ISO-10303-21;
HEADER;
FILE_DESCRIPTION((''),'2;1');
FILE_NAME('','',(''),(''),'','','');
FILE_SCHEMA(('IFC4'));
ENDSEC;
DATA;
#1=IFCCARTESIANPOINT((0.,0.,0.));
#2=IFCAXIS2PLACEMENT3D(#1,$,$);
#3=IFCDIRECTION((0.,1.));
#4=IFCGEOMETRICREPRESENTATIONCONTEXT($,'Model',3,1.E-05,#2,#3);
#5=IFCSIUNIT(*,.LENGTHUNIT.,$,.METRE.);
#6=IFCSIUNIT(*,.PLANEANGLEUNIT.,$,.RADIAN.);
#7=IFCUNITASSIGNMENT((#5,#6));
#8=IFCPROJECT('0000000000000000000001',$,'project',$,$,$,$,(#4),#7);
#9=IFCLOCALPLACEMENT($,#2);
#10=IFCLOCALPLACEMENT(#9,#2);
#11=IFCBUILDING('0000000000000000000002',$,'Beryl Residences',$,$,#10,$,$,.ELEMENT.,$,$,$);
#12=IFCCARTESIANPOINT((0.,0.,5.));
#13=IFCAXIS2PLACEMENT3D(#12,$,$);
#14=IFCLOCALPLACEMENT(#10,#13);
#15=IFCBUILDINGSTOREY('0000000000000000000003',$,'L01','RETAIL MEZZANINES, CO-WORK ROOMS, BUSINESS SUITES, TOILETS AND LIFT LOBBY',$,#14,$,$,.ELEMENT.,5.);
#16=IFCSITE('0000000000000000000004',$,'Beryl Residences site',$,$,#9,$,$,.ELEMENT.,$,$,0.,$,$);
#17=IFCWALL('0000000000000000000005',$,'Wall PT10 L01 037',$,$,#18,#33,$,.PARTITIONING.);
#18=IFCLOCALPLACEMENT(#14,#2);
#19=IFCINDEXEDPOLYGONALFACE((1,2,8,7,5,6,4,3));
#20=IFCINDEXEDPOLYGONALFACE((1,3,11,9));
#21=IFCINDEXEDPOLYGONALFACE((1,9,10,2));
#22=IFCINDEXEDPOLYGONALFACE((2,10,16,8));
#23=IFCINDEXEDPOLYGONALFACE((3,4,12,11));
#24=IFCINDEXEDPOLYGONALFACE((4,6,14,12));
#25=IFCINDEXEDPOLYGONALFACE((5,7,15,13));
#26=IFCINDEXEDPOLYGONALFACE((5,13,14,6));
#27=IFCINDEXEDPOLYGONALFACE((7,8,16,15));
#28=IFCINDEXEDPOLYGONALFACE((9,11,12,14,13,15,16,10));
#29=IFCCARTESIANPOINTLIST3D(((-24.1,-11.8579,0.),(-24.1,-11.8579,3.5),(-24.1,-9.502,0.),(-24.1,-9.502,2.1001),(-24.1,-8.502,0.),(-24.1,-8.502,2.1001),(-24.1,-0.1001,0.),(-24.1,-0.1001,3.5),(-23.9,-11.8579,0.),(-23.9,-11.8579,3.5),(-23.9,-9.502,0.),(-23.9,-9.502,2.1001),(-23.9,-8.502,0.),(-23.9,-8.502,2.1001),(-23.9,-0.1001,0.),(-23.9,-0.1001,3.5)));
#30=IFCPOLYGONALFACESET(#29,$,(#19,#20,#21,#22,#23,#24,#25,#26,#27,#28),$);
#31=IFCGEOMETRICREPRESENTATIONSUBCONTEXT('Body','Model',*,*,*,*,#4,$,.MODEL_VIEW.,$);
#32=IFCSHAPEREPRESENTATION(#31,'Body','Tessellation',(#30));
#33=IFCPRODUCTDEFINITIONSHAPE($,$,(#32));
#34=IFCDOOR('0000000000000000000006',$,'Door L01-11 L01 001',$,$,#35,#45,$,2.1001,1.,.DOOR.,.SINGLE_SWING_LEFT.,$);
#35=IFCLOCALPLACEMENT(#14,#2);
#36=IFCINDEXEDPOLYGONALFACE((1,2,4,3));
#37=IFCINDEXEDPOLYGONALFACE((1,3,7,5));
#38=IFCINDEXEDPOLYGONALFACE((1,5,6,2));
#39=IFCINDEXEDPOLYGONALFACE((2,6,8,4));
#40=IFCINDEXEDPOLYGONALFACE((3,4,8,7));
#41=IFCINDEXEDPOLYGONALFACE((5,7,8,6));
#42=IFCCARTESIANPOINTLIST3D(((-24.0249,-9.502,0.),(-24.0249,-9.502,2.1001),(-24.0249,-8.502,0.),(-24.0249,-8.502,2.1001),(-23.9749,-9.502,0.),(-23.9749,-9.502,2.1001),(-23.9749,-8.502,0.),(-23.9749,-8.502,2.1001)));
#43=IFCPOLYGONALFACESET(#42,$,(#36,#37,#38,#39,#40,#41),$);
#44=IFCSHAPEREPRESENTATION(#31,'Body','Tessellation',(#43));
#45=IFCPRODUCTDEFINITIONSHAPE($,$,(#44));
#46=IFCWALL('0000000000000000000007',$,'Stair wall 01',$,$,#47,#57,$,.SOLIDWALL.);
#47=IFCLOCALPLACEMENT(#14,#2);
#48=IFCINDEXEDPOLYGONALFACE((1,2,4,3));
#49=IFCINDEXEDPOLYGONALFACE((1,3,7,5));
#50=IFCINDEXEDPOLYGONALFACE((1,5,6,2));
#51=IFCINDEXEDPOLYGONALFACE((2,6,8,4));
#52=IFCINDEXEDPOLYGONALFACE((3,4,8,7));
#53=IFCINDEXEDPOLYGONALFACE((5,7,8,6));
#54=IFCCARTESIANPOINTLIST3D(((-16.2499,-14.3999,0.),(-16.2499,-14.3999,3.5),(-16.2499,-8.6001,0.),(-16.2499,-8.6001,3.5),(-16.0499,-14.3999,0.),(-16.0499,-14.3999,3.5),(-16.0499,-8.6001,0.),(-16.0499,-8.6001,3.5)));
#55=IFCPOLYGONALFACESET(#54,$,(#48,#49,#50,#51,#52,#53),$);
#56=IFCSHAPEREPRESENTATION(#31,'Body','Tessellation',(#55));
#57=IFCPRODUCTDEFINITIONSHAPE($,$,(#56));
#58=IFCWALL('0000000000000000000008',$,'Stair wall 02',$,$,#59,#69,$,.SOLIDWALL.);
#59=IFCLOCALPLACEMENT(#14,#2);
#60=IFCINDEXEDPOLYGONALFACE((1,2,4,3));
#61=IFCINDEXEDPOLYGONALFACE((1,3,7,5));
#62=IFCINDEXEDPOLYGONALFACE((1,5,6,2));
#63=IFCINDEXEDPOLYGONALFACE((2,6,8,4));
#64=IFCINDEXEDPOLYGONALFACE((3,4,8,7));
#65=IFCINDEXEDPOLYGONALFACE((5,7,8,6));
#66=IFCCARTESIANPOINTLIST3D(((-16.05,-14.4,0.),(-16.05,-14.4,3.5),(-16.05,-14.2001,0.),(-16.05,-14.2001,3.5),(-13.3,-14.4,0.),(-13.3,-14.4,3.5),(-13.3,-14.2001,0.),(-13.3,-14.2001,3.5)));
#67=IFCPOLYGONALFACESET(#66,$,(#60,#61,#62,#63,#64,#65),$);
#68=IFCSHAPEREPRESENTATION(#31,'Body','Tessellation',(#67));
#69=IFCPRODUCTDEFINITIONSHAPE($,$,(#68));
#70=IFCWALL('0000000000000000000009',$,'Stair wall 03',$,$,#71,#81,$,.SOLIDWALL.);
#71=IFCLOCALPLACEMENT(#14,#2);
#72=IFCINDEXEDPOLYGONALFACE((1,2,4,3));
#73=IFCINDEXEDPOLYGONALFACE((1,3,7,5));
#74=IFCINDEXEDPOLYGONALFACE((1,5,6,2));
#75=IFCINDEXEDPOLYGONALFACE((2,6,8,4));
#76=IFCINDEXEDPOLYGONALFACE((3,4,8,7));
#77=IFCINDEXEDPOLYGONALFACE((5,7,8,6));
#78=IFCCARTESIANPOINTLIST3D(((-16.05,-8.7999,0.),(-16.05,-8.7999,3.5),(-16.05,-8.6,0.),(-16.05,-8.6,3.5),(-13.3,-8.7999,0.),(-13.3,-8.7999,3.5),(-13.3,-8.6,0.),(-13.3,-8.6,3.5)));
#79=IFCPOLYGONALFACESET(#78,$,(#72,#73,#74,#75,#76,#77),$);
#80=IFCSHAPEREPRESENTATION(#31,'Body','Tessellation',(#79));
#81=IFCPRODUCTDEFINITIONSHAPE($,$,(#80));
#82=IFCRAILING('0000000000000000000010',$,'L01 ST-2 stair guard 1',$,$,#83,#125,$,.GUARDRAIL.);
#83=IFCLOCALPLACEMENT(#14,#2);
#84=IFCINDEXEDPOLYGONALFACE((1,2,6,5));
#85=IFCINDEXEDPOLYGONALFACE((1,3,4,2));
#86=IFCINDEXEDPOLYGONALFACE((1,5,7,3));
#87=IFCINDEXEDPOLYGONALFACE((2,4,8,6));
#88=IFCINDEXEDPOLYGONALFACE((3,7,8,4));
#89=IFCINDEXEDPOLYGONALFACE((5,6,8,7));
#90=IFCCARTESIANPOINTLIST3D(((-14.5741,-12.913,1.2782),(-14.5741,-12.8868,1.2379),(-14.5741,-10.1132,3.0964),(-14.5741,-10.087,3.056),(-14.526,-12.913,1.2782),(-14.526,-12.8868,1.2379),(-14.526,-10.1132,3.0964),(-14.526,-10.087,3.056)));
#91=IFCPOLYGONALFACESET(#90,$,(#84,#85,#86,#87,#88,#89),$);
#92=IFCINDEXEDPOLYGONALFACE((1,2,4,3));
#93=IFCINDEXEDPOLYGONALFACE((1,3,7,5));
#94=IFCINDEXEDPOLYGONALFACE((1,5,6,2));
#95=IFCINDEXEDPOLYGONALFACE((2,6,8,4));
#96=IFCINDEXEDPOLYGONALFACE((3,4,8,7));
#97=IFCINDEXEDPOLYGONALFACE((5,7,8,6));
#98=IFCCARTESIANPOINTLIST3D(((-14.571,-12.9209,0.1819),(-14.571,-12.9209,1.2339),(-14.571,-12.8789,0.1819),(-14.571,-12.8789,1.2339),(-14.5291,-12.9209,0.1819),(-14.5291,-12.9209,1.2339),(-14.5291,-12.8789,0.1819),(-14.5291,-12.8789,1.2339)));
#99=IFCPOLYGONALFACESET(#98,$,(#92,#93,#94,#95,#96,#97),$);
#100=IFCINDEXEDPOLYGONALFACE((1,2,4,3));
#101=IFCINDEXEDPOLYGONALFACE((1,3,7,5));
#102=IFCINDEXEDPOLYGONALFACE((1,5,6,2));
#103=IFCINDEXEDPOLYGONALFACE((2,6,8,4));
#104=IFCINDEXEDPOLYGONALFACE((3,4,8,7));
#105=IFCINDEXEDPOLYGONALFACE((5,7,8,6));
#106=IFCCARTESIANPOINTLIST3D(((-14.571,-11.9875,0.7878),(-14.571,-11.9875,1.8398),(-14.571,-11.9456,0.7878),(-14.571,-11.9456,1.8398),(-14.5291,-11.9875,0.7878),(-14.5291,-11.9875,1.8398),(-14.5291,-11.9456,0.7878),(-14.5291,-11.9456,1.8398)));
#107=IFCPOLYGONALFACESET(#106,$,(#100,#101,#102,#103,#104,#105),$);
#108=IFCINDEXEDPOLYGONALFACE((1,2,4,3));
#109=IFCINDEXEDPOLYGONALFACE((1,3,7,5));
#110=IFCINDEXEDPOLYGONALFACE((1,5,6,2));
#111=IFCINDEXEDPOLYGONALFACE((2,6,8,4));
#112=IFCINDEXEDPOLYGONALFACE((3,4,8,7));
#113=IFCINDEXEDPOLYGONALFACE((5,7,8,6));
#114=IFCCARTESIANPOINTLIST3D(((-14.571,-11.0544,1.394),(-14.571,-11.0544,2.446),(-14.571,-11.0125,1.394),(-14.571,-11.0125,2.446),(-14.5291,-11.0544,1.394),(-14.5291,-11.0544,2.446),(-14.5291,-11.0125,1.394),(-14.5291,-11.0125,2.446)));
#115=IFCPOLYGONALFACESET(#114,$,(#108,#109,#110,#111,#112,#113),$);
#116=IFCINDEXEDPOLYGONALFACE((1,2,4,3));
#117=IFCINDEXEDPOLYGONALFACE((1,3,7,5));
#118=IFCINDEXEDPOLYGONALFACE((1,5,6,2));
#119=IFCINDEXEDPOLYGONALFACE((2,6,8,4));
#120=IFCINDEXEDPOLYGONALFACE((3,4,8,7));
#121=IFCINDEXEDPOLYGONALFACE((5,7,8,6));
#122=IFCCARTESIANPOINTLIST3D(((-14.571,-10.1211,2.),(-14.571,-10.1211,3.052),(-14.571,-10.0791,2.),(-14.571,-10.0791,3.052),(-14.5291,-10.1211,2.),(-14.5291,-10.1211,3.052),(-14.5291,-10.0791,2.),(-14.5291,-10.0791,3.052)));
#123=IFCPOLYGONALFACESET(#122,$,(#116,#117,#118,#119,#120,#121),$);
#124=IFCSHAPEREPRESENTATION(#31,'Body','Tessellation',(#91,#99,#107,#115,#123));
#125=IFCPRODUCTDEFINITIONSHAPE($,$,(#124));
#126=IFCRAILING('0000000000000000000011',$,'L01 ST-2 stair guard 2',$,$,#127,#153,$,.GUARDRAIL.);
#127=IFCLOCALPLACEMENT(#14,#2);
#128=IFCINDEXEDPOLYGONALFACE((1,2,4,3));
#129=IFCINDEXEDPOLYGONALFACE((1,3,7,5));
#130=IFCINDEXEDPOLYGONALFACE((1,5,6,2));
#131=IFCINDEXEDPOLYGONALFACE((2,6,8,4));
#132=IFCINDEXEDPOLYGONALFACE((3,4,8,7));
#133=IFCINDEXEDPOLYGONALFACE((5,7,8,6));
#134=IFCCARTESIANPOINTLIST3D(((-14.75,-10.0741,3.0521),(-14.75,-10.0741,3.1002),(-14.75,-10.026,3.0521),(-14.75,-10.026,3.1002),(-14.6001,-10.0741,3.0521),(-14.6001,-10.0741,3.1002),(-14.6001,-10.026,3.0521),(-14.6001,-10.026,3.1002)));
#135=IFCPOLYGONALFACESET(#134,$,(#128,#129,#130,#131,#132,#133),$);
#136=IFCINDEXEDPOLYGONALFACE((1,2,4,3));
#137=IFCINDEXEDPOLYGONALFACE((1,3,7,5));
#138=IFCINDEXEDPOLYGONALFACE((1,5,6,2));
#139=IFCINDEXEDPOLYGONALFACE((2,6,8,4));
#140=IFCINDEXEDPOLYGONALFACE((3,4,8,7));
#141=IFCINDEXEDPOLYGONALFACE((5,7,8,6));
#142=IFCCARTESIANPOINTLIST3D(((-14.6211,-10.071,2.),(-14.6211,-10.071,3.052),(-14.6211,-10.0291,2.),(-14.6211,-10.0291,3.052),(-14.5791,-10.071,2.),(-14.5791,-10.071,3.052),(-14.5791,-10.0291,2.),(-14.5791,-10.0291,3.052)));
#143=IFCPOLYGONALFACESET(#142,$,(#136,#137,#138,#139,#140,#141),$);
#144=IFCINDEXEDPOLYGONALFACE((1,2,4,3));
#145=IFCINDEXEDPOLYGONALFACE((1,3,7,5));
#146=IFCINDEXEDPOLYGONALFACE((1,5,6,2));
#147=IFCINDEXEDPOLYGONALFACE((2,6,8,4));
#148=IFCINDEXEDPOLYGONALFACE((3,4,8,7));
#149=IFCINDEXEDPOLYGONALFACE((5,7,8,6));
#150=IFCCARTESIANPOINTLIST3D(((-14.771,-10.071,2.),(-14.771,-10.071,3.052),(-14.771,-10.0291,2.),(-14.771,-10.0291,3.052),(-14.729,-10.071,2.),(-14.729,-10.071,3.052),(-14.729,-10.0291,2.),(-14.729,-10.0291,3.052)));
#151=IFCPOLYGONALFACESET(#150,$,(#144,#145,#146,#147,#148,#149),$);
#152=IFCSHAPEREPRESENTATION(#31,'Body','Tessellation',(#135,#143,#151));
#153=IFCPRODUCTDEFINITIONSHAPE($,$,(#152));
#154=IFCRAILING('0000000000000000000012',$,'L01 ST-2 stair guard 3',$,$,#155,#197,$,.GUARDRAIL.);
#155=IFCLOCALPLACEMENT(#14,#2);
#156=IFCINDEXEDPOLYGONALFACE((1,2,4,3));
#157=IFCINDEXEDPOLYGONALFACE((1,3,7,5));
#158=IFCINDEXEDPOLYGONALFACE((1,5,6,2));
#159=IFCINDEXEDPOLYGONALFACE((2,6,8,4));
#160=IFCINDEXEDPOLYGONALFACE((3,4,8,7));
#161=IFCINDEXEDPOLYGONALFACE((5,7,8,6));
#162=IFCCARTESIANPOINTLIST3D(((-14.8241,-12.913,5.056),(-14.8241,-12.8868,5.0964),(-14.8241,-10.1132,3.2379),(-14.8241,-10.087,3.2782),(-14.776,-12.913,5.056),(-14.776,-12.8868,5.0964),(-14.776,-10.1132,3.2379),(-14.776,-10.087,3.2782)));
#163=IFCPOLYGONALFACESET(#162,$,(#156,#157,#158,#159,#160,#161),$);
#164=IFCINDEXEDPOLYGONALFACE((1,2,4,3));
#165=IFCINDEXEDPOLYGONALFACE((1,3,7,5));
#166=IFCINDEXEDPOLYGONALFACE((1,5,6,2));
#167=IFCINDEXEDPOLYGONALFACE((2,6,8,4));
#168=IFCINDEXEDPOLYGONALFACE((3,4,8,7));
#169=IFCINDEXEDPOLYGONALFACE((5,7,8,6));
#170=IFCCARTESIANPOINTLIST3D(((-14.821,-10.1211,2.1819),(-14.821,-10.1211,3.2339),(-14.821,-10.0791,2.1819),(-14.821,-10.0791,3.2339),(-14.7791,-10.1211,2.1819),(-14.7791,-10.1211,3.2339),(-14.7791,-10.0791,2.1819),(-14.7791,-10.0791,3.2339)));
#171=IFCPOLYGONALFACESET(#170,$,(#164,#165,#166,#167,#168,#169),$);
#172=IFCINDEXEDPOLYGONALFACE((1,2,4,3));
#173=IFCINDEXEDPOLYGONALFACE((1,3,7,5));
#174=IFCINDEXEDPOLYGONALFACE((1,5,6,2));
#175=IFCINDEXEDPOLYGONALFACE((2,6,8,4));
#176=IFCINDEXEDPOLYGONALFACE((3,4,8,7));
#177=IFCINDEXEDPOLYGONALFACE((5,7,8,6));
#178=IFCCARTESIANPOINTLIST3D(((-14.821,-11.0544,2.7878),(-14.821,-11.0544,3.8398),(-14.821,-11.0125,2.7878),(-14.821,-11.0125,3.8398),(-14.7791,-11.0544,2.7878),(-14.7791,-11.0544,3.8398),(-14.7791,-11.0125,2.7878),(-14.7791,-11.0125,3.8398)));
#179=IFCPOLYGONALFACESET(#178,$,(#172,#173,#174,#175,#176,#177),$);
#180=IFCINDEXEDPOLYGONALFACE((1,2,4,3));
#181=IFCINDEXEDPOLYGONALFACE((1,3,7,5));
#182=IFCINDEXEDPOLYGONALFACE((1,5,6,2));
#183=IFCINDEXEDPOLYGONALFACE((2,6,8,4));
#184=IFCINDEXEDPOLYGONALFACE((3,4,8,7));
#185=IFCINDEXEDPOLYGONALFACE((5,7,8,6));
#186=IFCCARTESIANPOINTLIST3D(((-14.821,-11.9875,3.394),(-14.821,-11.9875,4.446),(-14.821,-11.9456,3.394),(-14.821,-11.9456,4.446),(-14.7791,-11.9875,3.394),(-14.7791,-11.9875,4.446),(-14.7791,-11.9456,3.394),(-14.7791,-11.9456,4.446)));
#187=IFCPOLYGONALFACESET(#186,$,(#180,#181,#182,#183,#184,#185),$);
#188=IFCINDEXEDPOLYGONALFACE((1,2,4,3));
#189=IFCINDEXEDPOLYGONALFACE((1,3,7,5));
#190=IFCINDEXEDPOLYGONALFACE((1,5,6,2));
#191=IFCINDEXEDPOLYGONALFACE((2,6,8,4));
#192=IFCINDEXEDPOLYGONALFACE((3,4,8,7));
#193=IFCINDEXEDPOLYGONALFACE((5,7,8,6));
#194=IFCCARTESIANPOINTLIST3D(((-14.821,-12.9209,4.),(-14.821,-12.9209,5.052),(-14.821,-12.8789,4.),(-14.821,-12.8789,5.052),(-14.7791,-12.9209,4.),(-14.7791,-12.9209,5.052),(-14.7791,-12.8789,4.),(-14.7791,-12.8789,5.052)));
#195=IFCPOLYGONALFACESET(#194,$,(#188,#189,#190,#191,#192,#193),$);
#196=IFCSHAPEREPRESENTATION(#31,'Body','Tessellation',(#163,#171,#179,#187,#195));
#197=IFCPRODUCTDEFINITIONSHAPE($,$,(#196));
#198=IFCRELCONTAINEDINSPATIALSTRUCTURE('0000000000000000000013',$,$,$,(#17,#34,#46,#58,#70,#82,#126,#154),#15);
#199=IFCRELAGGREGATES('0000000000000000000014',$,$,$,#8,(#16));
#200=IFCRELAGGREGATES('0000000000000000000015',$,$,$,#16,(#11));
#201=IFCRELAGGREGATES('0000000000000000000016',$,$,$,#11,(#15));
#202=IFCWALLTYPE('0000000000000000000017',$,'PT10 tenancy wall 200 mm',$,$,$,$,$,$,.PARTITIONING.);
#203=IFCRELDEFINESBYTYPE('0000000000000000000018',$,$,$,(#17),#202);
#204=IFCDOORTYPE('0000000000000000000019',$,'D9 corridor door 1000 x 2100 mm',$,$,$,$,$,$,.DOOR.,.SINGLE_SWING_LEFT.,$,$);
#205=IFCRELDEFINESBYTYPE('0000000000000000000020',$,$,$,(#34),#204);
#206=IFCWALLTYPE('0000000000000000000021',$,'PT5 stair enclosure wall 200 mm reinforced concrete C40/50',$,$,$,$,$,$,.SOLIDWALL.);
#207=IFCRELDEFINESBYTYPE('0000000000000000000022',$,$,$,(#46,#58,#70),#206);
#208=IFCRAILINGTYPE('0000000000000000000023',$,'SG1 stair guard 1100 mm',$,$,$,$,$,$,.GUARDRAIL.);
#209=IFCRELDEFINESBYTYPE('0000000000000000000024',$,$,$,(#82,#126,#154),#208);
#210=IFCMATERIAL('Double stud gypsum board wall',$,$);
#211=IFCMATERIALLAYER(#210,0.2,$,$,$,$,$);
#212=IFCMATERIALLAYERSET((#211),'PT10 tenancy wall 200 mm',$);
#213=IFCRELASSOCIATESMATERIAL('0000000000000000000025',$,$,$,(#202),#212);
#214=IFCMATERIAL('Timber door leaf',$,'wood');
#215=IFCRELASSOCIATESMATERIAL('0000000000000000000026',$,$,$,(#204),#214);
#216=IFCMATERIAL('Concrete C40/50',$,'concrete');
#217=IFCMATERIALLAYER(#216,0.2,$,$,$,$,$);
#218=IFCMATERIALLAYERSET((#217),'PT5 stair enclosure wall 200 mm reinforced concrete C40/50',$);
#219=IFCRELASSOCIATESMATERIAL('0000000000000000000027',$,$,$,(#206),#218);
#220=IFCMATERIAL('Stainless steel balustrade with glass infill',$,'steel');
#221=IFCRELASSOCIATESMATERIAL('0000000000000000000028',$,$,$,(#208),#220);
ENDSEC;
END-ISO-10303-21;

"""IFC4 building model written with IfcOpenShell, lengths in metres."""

from ifc_helpers import new_model, si_unit, direction, frame, frame_2d, origin, origin_2d, place, context, subcontext, project, spatial, rectangle, extrude, material, layer, layer_set, type_object, element, fill, save


model = new_model("IFC4")

# Units and contexts
model_context = context("Model", 3, precision=1e-05, world=origin(), true_north=direction((0.0, 1.0)))
body_context = subcontext(model_context, "Body", "Model", "MODEL_VIEW")
ifc_project = project(units=[si_unit("LENGTHUNIT", "METRE"), si_unit("PLANEANGLEUNIT", "RADIAN")], contexts=[model_context])

# Site, building, storey
site_placement = place(None, origin())
site = spatial("IfcSite", under=ifc_project, at=site_placement, Name="Beryl Residences site", CompositionType="ELEMENT", RefElevation=0.0)
building_placement = place(site_placement, origin())
building = spatial("IfcBuilding", under=site, at=building_placement, Name="Beryl Residences", CompositionType="ELEMENT")
storey_placement = place(building_placement, frame((0.0, 0.0, 5.0)))
storey = spatial("IfcBuildingStorey", under=building, at=storey_placement, Name="L01", Description="RETAIL MEZZANINES, CO-WORK ROOMS, BUSINESS SUITES, TOILETS AND LIFT LOBBY", CompositionType="ELEMENT", Elevation=5.0)

# Shared definitions
ifc_material_1 = material(Name="Double stud gypsum board wall")
ifc_layer_1 = layer(ifc_material_1, 0.2)
ifc_layer_set_1 = layer_set([ifc_layer_1], Name="PT10 tenancy wall 200 mm")
wall_type_1 = type_object("IfcWallType", Name="PT10 tenancy wall 200 mm", PredefinedType="PARTITIONING", material=ifc_layer_set_1)
ifc_material_2 = material(Name="Timber door leaf", Category="wood")
door_type = type_object("IfcDoorType", Name="D9 corridor door 1000 x 2100 mm", OperationType="SINGLE_SWING_LEFT", PredefinedType="DOOR", material=ifc_material_2)

# Wall, opening, door
wall_1_placement = place(storey_placement, frame((-24.0, -11.8579, 0.0), z_axis=(0.0, 0.0, 1.0), x_axis=(0.0, 1.0, 0.0)))
wall_1 = element("IfcWall", 1, at=wall_1_placement, inside=storey, type_object=wall_type_1, Name="Wall PT10 L01 037", PredefinedType="PARTITIONING", context=body_context, shape_type="SweptSolid", body=[
    extrude(rectangle(XDim=11.7578, YDim=0.2, at=frame_2d((5.8789, 0.0))), origin(), (0.0, 0.0, 1.0), 3.5),
])
opening_1_placement = place(wall_1_placement, frame((2.356, 0.0, 0.0)))
opening_1 = element("IfcOpeningElement", 2, at=opening_1_placement, cuts=wall_1, PredefinedType="OPENING", context=body_context, shape_type="SweptSolid", body=[
    extrude(rectangle(XDim=1.0, YDim=2.1001, at=frame_2d((0.5, 1.05))), frame((0.0, 0.1099, 0.0), z_axis=(0.0, -1.0, 0.0), x_axis=(1.0, 0.0, 0.0)), (0.0, 0.0, 1.0), 0.22),
])
door_1_placement = place(opening_1_placement, origin())
door_1 = element("IfcDoor", 3, at=door_1_placement, inside=storey, type_object=door_type, Name="Door L01-11 L01 001", OperationType="SINGLE_SWING_LEFT", OverallHeight=2.1001, OverallWidth=1.0, PredefinedType="DOOR", context=body_context, shape_type="SweptSolid", body=[
    extrude(rectangle(XDim=1.0, YDim=2.1001, at=frame_2d((0.5, 1.05))), frame((0.0, 0.0249, 0.0), z_axis=(0.0, -1.0, 0.0), x_axis=(1.0, 0.0, 0.0)), (0.0, 0.0, 1.0), 0.05),
])
fill(opening_1, door_1)

# Walls
ifc_material_3 = material(Name="Concrete C40/50", Category="concrete")
ifc_layer_2 = layer(ifc_material_3, 0.2)
ifc_layer_set_2 = layer_set([ifc_layer_2], Name="PT5 stair enclosure wall 200 mm reinforced concrete C40/50")
wall_type_2 = type_object("IfcWallType", Name="PT5 stair enclosure wall 200 mm reinforced concrete C40/50", PredefinedType="SOLIDWALL", material=ifc_layer_set_2)
wall_2_placement = place(storey_placement, frame((-16.1499, -14.3999, 0.0), z_axis=(0.0, 0.0, 1.0), x_axis=(0.0, 1.0, 0.0)))
element("IfcWall", 4, at=wall_2_placement, inside=storey, type_object=wall_type_2, Name="Stair wall 01", PredefinedType="SOLIDWALL", context=body_context, shape_type="SweptSolid", body=[
    extrude(rectangle(XDim=5.7998, YDim=0.2, at=frame_2d((2.8999, 0.0))), origin(), (0.0, 0.0, 1.0), 3.5),
])
for number, where, z_axis, x_axis, name in (
    (5, (-16.05, -14.3, 0.0), (0.0, 0.0, 1.0), (1.0, 0.0, 0.0), "Stair wall 02"),
    (6, (-16.05, -8.7, 0.0), (0.0, 0.0, 1.0), (1.0, 0.0, 0.0), "Stair wall 03"),
):
    element("IfcWall", number, at=place(storey_placement, frame(where, z_axis=z_axis, x_axis=x_axis)), inside=storey, type_object=wall_type_2, Name=name, PredefinedType="SOLIDWALL", context=body_context, shape_type="SweptSolid", body=[
        extrude(rectangle(XDim=2.75, YDim=0.2, at=frame_2d((1.375, 0.0))), origin(), (0.0, 0.0, 1.0), 3.5),
    ])

# Railings
ifc_material_4 = material(Name="Stainless steel balustrade with glass infill", Category="steel")
railing_type_1 = type_object("IfcRailingType", Name="SG1 stair guard 1100 mm", PredefinedType="GUARDRAIL", material=ifc_material_4)
railing_1_placement = place(storey_placement, frame((-14.55, -12.8999, 0.1819)))
element("IfcRailing", 7, at=railing_1_placement, inside=storey, type_object=railing_type_1, Name="L01 ST-2 stair guard 1", PredefinedType="GUARDRAIL", context=body_context, shape_type="SweptSolid", body=[
    extrude(rectangle(XDim=0.0481, YDim=0.0481, at=origin_2d()), frame((0.0, 0.0, 1.0762), z_axis=(0.0, 0.838684, 0.544618), x_axis=(-1.0, 0.0, 0.0)), (0.0, 0.0, 1.0), 3.3384),
    extrude(rectangle(XDim=0.042, YDim=0.042, at=origin_2d()), origin(), (0.0, 0.0, 1.0), 1.052),
    extrude(rectangle(XDim=0.042, YDim=0.042, at=origin_2d()), frame((0.0, 0.9333, 0.606)), (0.0, 0.0, 1.0), 1.052),
    extrude(rectangle(XDim=0.042, YDim=0.042, at=origin_2d()), frame((0.0, 1.8665, 1.2122)), (0.0, 0.0, 1.0), 1.052),
    extrude(rectangle(XDim=0.042, YDim=0.042, at=origin_2d()), frame((0.0, 2.7998, 1.8181)), (0.0, 0.0, 1.0), 1.052),
])
railing_2_placement = place(storey_placement, frame((-14.6001, -10.05, 2.0)))
element("IfcRailing", 8, at=railing_2_placement, inside=storey, type_object=railing_type_1, Name="L01 ST-2 stair guard 2", PredefinedType="GUARDRAIL", context=body_context, shape_type="SweptSolid", body=[
    extrude(rectangle(XDim=0.0481, YDim=0.0481, at=origin_2d()), frame((0.0, 0.0, 1.0762), z_axis=(-1.0, 0.0, 0.0), x_axis=(0.0, -1.0, 0.0)), (0.0, 0.0, 1.0), 0.1499),
    extrude(rectangle(XDim=0.042, YDim=0.042, at=origin_2d()), origin(), (0.0, 0.0, 1.0), 1.052),
    extrude(rectangle(XDim=0.042, YDim=0.042, at=origin_2d()), frame((-0.1499, 0.0, 0.0)), (0.0, 0.0, 1.0), 1.052),
])
railing_3_placement = place(storey_placement, frame((-14.8, -10.1001, 2.1819)))
element("IfcRailing", 9, at=railing_3_placement, inside=storey, type_object=railing_type_1, Name="L01 ST-2 stair guard 3", PredefinedType="GUARDRAIL", context=body_context, shape_type="SweptSolid", body=[
    extrude(rectangle(XDim=0.0481, YDim=0.0481, at=origin_2d()), frame((0.0, 0.0, 1.0762), z_axis=(0.0, -0.838684, 0.544618), x_axis=(1.0, 0.0, 0.0)), (0.0, 0.0, 1.0), 3.3384),
    extrude(rectangle(XDim=0.042, YDim=0.042, at=origin_2d()), origin(), (0.0, 0.0, 1.0), 1.052),
    extrude(rectangle(XDim=0.042, YDim=0.042, at=origin_2d()), frame((0.0, -0.9333, 0.606)), (0.0, 0.0, 1.0), 1.052),
    extrude(rectangle(XDim=0.042, YDim=0.042, at=origin_2d()), frame((0.0, -1.8665, 1.2122)), (0.0, 0.0, 1.0), 1.052),
    extrude(rectangle(XDim=0.042, YDim=0.042, at=origin_2d()), frame((0.0, -2.7998, 1.8181)), (0.0, 0.0, 1.0), 1.052),
])

save(model, "model.ifc")
